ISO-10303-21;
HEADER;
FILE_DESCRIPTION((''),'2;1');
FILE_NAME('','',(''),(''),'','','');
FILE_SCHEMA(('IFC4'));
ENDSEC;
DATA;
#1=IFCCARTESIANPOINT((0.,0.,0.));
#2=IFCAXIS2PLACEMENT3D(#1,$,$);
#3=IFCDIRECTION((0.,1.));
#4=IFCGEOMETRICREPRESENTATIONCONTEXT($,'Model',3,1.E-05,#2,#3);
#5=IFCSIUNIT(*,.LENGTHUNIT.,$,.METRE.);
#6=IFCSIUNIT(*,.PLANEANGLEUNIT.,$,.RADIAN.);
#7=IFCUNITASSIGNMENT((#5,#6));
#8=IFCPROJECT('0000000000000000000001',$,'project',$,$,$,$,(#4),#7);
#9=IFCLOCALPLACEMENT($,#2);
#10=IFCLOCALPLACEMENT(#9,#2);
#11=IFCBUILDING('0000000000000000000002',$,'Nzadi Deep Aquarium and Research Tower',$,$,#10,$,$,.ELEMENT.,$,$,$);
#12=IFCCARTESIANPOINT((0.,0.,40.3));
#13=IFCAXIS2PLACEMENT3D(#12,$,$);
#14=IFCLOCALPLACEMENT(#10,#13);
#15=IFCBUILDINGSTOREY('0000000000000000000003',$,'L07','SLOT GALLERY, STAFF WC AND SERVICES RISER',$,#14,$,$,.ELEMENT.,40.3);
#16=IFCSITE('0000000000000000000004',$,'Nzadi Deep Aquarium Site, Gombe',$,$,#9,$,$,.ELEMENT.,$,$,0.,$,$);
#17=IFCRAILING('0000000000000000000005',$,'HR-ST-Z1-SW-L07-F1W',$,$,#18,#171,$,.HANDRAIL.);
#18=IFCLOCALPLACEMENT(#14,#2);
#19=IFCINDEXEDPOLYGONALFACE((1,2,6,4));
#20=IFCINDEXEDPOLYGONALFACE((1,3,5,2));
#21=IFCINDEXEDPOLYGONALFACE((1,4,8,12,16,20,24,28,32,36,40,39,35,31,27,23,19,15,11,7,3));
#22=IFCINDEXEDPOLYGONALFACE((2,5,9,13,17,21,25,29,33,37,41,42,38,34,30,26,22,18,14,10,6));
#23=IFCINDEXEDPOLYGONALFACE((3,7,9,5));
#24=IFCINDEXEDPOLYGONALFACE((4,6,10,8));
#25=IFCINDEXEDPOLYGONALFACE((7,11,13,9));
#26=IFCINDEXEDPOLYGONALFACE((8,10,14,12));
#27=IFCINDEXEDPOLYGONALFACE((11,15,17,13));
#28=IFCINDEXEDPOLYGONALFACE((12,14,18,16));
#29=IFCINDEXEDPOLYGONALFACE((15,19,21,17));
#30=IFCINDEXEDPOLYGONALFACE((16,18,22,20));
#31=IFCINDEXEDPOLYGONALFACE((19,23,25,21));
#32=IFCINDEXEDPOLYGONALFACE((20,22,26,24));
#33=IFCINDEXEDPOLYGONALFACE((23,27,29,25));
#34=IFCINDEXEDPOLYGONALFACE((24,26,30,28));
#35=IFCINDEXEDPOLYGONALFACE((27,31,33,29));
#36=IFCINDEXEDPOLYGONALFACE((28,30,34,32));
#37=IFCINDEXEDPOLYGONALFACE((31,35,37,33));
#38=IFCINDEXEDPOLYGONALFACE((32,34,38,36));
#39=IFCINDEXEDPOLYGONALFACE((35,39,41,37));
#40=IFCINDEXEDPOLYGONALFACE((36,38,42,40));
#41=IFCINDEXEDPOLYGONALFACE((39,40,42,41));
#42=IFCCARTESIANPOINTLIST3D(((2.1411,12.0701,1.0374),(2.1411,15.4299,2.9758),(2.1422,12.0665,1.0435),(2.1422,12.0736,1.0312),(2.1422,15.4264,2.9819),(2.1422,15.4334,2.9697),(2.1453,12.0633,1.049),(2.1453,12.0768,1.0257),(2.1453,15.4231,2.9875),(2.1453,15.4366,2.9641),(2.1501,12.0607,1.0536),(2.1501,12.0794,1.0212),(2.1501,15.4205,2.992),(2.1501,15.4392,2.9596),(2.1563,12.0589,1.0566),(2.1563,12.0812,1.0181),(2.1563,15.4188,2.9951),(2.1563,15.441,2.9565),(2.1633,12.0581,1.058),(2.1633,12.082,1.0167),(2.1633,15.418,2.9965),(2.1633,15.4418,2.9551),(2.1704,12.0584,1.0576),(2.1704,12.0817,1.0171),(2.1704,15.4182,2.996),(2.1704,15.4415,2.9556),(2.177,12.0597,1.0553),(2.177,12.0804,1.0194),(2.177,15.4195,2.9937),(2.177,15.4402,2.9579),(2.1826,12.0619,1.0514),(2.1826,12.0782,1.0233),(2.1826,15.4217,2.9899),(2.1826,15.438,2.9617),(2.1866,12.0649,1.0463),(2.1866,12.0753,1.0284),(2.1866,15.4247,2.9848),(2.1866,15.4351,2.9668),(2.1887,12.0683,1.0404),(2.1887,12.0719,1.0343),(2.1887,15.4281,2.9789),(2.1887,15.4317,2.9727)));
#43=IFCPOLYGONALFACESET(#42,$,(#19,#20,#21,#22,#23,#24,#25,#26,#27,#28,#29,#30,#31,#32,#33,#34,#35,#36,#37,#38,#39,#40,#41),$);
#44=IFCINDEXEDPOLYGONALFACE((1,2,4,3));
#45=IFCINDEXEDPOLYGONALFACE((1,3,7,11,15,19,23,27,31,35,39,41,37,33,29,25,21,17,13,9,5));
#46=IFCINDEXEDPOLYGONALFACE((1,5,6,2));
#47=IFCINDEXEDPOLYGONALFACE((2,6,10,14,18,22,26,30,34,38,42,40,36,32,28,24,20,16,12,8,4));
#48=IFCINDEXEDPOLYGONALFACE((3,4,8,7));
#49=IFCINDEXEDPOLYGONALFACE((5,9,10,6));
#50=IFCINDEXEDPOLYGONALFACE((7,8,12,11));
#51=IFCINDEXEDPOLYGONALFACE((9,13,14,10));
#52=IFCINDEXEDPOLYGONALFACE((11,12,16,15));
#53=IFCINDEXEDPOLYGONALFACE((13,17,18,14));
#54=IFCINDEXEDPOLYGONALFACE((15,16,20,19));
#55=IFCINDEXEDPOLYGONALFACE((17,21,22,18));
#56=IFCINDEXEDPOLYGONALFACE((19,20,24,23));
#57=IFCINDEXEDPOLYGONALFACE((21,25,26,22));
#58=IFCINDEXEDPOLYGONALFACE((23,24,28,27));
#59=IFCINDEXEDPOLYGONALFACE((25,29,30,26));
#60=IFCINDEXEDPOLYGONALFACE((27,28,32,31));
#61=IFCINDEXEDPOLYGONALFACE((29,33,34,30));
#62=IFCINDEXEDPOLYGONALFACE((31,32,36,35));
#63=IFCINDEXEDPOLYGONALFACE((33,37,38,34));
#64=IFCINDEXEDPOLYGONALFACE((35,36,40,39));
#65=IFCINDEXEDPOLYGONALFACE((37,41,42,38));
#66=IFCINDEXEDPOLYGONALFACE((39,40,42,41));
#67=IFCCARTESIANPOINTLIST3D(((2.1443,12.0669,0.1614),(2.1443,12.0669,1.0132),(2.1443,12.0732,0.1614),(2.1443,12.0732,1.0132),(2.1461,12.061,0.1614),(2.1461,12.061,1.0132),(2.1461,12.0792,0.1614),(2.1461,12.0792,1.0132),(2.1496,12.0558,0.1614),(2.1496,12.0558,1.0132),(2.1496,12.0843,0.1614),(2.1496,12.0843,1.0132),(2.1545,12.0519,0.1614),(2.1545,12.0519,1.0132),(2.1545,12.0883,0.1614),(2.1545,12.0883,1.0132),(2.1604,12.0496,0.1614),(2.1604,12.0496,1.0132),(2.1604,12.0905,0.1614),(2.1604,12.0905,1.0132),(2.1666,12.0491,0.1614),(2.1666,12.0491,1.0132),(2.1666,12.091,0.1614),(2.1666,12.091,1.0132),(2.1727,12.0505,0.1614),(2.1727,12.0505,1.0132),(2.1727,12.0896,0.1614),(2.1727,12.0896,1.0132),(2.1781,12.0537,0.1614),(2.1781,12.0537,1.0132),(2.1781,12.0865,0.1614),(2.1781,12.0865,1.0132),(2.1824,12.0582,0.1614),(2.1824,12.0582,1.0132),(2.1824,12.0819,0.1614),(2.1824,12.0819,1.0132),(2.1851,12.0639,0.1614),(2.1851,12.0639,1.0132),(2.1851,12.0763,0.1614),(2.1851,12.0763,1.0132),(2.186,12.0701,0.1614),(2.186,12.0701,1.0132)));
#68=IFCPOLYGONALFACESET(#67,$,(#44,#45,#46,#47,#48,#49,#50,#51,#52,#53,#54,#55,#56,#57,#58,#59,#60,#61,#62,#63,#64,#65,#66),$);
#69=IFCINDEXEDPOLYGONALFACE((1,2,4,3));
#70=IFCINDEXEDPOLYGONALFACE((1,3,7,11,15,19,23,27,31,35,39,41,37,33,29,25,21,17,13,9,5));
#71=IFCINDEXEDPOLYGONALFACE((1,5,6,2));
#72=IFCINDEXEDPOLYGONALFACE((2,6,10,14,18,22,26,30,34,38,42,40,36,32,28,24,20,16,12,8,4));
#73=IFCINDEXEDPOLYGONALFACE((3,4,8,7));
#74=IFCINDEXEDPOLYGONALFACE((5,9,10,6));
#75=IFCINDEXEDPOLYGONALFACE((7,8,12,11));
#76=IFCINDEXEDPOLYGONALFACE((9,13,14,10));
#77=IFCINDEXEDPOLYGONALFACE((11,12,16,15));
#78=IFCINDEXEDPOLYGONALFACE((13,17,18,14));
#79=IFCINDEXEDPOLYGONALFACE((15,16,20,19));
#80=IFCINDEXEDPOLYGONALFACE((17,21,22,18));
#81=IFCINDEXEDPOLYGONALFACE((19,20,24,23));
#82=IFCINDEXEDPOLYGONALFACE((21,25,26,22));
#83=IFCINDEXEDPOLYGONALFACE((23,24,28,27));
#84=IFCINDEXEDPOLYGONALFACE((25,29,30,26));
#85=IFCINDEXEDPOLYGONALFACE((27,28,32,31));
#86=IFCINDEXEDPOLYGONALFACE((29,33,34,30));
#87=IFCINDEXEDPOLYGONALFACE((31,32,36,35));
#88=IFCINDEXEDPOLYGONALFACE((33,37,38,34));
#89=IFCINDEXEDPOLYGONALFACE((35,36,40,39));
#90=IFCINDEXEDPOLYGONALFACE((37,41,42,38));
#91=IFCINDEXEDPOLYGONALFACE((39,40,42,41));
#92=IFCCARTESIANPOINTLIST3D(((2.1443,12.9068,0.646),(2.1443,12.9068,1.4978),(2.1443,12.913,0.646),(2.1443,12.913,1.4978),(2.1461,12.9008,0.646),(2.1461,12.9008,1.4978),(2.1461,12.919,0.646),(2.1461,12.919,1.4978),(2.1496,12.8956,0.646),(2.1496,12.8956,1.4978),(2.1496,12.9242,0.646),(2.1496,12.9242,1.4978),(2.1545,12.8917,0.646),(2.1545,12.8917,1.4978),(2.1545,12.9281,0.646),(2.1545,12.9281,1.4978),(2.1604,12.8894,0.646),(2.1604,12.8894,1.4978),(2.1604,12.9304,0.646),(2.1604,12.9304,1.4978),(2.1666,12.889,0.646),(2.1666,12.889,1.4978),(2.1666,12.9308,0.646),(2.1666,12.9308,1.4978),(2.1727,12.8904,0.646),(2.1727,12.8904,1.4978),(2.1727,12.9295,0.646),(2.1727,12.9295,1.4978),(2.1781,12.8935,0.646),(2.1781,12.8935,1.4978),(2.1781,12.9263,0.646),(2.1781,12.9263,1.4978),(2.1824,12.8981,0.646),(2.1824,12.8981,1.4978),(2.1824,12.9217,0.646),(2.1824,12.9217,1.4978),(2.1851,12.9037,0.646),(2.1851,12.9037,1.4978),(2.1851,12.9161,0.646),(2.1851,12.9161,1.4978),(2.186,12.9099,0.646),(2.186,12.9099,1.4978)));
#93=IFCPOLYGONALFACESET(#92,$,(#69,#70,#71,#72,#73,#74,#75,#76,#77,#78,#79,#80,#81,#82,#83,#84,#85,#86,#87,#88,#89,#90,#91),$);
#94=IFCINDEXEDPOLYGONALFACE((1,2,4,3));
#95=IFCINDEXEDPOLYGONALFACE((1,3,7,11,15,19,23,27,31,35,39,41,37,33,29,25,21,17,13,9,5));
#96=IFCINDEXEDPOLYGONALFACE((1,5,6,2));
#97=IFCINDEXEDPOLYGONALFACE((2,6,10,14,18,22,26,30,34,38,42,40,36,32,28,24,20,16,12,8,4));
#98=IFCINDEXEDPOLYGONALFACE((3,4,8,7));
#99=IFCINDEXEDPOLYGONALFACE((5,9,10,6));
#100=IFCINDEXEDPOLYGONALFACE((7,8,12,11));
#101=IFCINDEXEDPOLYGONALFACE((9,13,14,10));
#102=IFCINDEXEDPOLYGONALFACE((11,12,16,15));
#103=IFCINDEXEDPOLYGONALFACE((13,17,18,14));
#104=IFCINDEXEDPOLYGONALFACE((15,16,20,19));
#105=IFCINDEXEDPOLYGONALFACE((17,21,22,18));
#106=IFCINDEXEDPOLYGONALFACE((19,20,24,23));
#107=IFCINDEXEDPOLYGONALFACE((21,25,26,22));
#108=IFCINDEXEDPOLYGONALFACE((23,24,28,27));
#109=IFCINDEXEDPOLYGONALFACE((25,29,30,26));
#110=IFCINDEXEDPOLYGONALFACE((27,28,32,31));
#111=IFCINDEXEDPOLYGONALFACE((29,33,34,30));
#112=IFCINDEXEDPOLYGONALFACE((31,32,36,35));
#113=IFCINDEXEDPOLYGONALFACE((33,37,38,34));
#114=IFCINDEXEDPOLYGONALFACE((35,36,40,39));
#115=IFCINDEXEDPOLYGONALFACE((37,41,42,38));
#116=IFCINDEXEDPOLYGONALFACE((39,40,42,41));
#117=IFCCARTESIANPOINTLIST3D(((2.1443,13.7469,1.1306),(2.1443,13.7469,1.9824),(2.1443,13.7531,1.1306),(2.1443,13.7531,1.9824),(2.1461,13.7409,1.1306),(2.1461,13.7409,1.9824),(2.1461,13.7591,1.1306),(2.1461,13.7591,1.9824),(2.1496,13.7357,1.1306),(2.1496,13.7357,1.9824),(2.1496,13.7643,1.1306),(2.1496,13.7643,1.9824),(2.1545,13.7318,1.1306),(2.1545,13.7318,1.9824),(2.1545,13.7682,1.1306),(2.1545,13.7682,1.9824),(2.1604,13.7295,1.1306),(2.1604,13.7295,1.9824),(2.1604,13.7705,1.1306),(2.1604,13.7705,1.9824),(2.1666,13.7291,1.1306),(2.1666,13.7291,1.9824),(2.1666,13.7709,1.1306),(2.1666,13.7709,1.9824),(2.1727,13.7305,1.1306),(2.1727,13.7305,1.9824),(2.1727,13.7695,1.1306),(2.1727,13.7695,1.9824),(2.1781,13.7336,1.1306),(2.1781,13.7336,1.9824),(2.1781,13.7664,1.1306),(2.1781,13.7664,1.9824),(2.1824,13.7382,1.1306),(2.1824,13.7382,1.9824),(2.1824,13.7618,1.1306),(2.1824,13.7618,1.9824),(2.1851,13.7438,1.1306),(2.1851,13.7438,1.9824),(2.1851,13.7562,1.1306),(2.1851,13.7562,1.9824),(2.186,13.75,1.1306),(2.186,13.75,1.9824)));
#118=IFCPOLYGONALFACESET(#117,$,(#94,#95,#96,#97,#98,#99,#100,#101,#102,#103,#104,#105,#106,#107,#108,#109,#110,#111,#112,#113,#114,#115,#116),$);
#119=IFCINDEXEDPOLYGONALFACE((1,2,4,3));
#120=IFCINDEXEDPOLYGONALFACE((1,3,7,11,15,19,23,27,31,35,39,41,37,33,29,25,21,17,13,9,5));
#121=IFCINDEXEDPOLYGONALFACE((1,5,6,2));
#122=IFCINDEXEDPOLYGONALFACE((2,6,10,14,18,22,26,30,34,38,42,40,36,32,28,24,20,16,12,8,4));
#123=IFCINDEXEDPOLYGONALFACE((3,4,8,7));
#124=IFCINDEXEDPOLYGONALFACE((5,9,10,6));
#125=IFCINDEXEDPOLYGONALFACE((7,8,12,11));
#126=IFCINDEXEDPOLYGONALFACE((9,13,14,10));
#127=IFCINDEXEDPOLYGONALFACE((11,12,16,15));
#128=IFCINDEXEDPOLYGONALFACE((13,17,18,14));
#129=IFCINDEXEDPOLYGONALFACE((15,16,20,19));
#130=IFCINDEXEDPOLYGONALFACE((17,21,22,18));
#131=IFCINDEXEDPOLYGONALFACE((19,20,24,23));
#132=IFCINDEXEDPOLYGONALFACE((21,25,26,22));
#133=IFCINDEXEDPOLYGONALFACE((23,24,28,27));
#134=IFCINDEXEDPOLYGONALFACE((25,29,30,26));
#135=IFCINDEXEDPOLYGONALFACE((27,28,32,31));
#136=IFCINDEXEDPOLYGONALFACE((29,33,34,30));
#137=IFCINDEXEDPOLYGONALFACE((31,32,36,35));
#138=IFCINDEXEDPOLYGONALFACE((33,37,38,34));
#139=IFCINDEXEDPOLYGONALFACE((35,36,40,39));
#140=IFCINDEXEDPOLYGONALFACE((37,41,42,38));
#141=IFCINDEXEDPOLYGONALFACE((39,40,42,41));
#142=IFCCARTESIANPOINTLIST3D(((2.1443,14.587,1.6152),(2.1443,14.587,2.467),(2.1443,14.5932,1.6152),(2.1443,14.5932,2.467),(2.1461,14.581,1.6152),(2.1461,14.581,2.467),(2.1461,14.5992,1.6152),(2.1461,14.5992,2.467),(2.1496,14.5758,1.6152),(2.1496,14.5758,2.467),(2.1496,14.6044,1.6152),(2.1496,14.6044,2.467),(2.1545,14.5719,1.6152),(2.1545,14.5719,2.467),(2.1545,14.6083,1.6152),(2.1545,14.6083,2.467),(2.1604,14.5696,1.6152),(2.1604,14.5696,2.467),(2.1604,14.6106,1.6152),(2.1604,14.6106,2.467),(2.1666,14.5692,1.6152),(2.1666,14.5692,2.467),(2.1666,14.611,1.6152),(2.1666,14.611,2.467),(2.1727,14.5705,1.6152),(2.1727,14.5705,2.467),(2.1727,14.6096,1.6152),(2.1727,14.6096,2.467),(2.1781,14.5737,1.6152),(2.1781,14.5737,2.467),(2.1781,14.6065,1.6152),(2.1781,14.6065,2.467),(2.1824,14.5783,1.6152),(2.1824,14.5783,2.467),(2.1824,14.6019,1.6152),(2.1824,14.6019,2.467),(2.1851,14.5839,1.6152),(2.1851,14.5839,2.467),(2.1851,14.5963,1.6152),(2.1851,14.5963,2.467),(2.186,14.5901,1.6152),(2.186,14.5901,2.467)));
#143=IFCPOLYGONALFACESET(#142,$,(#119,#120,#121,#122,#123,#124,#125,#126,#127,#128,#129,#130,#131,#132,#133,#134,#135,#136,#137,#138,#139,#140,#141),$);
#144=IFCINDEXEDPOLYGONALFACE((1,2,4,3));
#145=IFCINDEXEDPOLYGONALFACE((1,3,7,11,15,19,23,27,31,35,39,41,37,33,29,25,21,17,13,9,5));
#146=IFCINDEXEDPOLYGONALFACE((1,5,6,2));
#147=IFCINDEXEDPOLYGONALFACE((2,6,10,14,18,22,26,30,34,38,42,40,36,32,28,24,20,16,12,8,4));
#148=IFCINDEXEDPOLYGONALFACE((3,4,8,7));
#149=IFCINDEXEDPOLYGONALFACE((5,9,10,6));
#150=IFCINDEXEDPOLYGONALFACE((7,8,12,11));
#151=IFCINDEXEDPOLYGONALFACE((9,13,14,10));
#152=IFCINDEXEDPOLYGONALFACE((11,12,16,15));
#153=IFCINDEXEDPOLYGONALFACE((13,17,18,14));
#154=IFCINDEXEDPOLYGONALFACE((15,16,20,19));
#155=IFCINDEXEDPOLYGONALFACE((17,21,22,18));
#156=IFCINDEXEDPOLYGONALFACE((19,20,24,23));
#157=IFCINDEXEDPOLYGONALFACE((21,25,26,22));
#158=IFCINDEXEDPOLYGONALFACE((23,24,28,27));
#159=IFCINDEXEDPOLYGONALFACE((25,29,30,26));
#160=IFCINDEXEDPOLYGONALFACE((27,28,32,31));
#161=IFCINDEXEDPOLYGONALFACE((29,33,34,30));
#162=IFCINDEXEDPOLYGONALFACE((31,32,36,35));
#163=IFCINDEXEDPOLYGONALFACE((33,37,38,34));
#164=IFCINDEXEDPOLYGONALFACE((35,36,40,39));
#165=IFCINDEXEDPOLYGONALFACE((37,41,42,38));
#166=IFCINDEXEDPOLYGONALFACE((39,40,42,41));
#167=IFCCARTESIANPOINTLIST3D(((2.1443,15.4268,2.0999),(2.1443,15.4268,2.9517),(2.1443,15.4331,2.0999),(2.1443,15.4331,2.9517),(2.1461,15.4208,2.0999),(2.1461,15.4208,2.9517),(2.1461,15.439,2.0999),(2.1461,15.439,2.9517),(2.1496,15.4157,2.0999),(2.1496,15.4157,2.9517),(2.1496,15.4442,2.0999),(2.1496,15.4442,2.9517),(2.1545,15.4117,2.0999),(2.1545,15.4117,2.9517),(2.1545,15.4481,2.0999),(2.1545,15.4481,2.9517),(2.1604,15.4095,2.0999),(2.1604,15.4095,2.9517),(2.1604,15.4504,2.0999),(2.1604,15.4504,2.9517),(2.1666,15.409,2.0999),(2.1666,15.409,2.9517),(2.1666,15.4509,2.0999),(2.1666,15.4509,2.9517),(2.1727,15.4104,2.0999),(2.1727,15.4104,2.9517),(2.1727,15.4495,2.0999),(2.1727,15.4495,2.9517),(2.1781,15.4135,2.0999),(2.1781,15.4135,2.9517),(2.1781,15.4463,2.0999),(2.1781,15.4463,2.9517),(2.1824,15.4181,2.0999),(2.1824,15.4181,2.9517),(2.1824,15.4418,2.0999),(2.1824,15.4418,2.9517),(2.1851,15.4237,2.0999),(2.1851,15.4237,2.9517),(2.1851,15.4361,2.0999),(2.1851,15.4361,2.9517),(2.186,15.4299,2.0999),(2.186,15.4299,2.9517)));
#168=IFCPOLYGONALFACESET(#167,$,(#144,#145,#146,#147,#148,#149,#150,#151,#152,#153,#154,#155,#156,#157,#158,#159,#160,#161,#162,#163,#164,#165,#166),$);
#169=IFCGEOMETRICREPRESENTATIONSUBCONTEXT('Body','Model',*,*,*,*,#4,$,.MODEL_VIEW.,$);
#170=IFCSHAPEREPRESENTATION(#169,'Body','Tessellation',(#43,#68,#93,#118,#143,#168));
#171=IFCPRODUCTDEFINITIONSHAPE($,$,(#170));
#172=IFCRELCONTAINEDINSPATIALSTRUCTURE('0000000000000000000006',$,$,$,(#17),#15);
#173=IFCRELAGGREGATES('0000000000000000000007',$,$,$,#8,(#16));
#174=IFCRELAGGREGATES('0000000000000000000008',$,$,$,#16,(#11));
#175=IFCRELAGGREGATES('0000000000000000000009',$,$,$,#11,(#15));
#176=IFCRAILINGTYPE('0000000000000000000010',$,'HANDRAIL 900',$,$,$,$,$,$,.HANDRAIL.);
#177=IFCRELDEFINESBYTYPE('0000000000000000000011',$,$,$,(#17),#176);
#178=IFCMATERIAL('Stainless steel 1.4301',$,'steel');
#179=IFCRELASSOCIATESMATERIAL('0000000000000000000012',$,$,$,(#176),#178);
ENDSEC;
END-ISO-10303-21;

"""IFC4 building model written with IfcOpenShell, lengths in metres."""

from ifc_helpers import new_model, si_unit, direction, frame, origin, origin_2d, place, context, subcontext, project, spatial, circle, extrude, material, type_object, element, save


model = new_model("IFC4")

# Units and contexts
model_context = context("Model", 3, precision=1e-05, world=origin(), true_north=direction((0.0, 1.0)))
body_context = subcontext(model_context, "Body", "Model", "MODEL_VIEW")
ifc_project = project(units=[si_unit("LENGTHUNIT", "METRE"), si_unit("PLANEANGLEUNIT", "RADIAN")], contexts=[model_context])

# Site, building, storey
site_placement = place(None, origin())
site = spatial("IfcSite", under=ifc_project, at=site_placement, Name="Nzadi Deep Aquarium Site, Gombe", CompositionType="ELEMENT", RefElevation=0.0)
building_placement = place(site_placement, origin())
building = spatial("IfcBuilding", under=site, at=building_placement, Name="Nzadi Deep Aquarium and Research Tower", CompositionType="ELEMENT")
storey_placement = place(building_placement, frame((0.0, 0.0, 40.3)))
storey = spatial("IfcBuildingStorey", under=building, at=storey_placement, Name="L07", Description="SLOT GALLERY, STAFF WC AND SERVICES RISER", CompositionType="ELEMENT", Elevation=40.3)

# Railing
ifc_material_1 = material(Name="Stainless steel 1.4301", Category="steel")
railing_type = type_object("IfcRailingType", Name="HANDRAIL 900", PredefinedType="HANDRAIL", material=ifc_material_1)
for number, where, name in (
    (1, (2.165, 12.0701, 0.1614), "HR-ST-Z1-SW-L07-F1W"),
):
    element("IfcRailing", number, at=place(storey_placement, frame(where)), inside=storey, type_object=railing_type, Name=name, PredefinedType="HANDRAIL", context=body_context, shape_type="SweptSolid", body=[
        extrude(circle(Radius=0.0239, at=origin_2d()), frame((0.0, 0.0, 0.876), z_axis=(0.0, 0.866175, 0.499741), x_axis=(-1.0, 0.0, 0.0)), (0.0, 0.0, 1.0), 3.8789),
        extrude(circle(Radius=0.021, at=origin_2d()), origin(), (0.0, 0.0, 1.0), 0.8518),
        extrude(circle(Radius=0.021, at=origin_2d()), frame((0.0, 0.8398, 0.4846)), (0.0, 0.0, 1.0), 0.8518),
        extrude(circle(Radius=0.021, at=origin_2d()), frame((0.0, 1.6799, 0.9692)), (0.0, 0.0, 1.0), 0.8518),
        extrude(circle(Radius=0.021, at=origin_2d()), frame((0.0, 2.52, 1.4539)), (0.0, 0.0, 1.0), 0.8518),
        extrude(circle(Radius=0.021, at=origin_2d()), frame((0.0, 3.3599, 1.9385)), (0.0, 0.0, 1.0), 0.8518),
    ])

save(model, "model.ifc")
